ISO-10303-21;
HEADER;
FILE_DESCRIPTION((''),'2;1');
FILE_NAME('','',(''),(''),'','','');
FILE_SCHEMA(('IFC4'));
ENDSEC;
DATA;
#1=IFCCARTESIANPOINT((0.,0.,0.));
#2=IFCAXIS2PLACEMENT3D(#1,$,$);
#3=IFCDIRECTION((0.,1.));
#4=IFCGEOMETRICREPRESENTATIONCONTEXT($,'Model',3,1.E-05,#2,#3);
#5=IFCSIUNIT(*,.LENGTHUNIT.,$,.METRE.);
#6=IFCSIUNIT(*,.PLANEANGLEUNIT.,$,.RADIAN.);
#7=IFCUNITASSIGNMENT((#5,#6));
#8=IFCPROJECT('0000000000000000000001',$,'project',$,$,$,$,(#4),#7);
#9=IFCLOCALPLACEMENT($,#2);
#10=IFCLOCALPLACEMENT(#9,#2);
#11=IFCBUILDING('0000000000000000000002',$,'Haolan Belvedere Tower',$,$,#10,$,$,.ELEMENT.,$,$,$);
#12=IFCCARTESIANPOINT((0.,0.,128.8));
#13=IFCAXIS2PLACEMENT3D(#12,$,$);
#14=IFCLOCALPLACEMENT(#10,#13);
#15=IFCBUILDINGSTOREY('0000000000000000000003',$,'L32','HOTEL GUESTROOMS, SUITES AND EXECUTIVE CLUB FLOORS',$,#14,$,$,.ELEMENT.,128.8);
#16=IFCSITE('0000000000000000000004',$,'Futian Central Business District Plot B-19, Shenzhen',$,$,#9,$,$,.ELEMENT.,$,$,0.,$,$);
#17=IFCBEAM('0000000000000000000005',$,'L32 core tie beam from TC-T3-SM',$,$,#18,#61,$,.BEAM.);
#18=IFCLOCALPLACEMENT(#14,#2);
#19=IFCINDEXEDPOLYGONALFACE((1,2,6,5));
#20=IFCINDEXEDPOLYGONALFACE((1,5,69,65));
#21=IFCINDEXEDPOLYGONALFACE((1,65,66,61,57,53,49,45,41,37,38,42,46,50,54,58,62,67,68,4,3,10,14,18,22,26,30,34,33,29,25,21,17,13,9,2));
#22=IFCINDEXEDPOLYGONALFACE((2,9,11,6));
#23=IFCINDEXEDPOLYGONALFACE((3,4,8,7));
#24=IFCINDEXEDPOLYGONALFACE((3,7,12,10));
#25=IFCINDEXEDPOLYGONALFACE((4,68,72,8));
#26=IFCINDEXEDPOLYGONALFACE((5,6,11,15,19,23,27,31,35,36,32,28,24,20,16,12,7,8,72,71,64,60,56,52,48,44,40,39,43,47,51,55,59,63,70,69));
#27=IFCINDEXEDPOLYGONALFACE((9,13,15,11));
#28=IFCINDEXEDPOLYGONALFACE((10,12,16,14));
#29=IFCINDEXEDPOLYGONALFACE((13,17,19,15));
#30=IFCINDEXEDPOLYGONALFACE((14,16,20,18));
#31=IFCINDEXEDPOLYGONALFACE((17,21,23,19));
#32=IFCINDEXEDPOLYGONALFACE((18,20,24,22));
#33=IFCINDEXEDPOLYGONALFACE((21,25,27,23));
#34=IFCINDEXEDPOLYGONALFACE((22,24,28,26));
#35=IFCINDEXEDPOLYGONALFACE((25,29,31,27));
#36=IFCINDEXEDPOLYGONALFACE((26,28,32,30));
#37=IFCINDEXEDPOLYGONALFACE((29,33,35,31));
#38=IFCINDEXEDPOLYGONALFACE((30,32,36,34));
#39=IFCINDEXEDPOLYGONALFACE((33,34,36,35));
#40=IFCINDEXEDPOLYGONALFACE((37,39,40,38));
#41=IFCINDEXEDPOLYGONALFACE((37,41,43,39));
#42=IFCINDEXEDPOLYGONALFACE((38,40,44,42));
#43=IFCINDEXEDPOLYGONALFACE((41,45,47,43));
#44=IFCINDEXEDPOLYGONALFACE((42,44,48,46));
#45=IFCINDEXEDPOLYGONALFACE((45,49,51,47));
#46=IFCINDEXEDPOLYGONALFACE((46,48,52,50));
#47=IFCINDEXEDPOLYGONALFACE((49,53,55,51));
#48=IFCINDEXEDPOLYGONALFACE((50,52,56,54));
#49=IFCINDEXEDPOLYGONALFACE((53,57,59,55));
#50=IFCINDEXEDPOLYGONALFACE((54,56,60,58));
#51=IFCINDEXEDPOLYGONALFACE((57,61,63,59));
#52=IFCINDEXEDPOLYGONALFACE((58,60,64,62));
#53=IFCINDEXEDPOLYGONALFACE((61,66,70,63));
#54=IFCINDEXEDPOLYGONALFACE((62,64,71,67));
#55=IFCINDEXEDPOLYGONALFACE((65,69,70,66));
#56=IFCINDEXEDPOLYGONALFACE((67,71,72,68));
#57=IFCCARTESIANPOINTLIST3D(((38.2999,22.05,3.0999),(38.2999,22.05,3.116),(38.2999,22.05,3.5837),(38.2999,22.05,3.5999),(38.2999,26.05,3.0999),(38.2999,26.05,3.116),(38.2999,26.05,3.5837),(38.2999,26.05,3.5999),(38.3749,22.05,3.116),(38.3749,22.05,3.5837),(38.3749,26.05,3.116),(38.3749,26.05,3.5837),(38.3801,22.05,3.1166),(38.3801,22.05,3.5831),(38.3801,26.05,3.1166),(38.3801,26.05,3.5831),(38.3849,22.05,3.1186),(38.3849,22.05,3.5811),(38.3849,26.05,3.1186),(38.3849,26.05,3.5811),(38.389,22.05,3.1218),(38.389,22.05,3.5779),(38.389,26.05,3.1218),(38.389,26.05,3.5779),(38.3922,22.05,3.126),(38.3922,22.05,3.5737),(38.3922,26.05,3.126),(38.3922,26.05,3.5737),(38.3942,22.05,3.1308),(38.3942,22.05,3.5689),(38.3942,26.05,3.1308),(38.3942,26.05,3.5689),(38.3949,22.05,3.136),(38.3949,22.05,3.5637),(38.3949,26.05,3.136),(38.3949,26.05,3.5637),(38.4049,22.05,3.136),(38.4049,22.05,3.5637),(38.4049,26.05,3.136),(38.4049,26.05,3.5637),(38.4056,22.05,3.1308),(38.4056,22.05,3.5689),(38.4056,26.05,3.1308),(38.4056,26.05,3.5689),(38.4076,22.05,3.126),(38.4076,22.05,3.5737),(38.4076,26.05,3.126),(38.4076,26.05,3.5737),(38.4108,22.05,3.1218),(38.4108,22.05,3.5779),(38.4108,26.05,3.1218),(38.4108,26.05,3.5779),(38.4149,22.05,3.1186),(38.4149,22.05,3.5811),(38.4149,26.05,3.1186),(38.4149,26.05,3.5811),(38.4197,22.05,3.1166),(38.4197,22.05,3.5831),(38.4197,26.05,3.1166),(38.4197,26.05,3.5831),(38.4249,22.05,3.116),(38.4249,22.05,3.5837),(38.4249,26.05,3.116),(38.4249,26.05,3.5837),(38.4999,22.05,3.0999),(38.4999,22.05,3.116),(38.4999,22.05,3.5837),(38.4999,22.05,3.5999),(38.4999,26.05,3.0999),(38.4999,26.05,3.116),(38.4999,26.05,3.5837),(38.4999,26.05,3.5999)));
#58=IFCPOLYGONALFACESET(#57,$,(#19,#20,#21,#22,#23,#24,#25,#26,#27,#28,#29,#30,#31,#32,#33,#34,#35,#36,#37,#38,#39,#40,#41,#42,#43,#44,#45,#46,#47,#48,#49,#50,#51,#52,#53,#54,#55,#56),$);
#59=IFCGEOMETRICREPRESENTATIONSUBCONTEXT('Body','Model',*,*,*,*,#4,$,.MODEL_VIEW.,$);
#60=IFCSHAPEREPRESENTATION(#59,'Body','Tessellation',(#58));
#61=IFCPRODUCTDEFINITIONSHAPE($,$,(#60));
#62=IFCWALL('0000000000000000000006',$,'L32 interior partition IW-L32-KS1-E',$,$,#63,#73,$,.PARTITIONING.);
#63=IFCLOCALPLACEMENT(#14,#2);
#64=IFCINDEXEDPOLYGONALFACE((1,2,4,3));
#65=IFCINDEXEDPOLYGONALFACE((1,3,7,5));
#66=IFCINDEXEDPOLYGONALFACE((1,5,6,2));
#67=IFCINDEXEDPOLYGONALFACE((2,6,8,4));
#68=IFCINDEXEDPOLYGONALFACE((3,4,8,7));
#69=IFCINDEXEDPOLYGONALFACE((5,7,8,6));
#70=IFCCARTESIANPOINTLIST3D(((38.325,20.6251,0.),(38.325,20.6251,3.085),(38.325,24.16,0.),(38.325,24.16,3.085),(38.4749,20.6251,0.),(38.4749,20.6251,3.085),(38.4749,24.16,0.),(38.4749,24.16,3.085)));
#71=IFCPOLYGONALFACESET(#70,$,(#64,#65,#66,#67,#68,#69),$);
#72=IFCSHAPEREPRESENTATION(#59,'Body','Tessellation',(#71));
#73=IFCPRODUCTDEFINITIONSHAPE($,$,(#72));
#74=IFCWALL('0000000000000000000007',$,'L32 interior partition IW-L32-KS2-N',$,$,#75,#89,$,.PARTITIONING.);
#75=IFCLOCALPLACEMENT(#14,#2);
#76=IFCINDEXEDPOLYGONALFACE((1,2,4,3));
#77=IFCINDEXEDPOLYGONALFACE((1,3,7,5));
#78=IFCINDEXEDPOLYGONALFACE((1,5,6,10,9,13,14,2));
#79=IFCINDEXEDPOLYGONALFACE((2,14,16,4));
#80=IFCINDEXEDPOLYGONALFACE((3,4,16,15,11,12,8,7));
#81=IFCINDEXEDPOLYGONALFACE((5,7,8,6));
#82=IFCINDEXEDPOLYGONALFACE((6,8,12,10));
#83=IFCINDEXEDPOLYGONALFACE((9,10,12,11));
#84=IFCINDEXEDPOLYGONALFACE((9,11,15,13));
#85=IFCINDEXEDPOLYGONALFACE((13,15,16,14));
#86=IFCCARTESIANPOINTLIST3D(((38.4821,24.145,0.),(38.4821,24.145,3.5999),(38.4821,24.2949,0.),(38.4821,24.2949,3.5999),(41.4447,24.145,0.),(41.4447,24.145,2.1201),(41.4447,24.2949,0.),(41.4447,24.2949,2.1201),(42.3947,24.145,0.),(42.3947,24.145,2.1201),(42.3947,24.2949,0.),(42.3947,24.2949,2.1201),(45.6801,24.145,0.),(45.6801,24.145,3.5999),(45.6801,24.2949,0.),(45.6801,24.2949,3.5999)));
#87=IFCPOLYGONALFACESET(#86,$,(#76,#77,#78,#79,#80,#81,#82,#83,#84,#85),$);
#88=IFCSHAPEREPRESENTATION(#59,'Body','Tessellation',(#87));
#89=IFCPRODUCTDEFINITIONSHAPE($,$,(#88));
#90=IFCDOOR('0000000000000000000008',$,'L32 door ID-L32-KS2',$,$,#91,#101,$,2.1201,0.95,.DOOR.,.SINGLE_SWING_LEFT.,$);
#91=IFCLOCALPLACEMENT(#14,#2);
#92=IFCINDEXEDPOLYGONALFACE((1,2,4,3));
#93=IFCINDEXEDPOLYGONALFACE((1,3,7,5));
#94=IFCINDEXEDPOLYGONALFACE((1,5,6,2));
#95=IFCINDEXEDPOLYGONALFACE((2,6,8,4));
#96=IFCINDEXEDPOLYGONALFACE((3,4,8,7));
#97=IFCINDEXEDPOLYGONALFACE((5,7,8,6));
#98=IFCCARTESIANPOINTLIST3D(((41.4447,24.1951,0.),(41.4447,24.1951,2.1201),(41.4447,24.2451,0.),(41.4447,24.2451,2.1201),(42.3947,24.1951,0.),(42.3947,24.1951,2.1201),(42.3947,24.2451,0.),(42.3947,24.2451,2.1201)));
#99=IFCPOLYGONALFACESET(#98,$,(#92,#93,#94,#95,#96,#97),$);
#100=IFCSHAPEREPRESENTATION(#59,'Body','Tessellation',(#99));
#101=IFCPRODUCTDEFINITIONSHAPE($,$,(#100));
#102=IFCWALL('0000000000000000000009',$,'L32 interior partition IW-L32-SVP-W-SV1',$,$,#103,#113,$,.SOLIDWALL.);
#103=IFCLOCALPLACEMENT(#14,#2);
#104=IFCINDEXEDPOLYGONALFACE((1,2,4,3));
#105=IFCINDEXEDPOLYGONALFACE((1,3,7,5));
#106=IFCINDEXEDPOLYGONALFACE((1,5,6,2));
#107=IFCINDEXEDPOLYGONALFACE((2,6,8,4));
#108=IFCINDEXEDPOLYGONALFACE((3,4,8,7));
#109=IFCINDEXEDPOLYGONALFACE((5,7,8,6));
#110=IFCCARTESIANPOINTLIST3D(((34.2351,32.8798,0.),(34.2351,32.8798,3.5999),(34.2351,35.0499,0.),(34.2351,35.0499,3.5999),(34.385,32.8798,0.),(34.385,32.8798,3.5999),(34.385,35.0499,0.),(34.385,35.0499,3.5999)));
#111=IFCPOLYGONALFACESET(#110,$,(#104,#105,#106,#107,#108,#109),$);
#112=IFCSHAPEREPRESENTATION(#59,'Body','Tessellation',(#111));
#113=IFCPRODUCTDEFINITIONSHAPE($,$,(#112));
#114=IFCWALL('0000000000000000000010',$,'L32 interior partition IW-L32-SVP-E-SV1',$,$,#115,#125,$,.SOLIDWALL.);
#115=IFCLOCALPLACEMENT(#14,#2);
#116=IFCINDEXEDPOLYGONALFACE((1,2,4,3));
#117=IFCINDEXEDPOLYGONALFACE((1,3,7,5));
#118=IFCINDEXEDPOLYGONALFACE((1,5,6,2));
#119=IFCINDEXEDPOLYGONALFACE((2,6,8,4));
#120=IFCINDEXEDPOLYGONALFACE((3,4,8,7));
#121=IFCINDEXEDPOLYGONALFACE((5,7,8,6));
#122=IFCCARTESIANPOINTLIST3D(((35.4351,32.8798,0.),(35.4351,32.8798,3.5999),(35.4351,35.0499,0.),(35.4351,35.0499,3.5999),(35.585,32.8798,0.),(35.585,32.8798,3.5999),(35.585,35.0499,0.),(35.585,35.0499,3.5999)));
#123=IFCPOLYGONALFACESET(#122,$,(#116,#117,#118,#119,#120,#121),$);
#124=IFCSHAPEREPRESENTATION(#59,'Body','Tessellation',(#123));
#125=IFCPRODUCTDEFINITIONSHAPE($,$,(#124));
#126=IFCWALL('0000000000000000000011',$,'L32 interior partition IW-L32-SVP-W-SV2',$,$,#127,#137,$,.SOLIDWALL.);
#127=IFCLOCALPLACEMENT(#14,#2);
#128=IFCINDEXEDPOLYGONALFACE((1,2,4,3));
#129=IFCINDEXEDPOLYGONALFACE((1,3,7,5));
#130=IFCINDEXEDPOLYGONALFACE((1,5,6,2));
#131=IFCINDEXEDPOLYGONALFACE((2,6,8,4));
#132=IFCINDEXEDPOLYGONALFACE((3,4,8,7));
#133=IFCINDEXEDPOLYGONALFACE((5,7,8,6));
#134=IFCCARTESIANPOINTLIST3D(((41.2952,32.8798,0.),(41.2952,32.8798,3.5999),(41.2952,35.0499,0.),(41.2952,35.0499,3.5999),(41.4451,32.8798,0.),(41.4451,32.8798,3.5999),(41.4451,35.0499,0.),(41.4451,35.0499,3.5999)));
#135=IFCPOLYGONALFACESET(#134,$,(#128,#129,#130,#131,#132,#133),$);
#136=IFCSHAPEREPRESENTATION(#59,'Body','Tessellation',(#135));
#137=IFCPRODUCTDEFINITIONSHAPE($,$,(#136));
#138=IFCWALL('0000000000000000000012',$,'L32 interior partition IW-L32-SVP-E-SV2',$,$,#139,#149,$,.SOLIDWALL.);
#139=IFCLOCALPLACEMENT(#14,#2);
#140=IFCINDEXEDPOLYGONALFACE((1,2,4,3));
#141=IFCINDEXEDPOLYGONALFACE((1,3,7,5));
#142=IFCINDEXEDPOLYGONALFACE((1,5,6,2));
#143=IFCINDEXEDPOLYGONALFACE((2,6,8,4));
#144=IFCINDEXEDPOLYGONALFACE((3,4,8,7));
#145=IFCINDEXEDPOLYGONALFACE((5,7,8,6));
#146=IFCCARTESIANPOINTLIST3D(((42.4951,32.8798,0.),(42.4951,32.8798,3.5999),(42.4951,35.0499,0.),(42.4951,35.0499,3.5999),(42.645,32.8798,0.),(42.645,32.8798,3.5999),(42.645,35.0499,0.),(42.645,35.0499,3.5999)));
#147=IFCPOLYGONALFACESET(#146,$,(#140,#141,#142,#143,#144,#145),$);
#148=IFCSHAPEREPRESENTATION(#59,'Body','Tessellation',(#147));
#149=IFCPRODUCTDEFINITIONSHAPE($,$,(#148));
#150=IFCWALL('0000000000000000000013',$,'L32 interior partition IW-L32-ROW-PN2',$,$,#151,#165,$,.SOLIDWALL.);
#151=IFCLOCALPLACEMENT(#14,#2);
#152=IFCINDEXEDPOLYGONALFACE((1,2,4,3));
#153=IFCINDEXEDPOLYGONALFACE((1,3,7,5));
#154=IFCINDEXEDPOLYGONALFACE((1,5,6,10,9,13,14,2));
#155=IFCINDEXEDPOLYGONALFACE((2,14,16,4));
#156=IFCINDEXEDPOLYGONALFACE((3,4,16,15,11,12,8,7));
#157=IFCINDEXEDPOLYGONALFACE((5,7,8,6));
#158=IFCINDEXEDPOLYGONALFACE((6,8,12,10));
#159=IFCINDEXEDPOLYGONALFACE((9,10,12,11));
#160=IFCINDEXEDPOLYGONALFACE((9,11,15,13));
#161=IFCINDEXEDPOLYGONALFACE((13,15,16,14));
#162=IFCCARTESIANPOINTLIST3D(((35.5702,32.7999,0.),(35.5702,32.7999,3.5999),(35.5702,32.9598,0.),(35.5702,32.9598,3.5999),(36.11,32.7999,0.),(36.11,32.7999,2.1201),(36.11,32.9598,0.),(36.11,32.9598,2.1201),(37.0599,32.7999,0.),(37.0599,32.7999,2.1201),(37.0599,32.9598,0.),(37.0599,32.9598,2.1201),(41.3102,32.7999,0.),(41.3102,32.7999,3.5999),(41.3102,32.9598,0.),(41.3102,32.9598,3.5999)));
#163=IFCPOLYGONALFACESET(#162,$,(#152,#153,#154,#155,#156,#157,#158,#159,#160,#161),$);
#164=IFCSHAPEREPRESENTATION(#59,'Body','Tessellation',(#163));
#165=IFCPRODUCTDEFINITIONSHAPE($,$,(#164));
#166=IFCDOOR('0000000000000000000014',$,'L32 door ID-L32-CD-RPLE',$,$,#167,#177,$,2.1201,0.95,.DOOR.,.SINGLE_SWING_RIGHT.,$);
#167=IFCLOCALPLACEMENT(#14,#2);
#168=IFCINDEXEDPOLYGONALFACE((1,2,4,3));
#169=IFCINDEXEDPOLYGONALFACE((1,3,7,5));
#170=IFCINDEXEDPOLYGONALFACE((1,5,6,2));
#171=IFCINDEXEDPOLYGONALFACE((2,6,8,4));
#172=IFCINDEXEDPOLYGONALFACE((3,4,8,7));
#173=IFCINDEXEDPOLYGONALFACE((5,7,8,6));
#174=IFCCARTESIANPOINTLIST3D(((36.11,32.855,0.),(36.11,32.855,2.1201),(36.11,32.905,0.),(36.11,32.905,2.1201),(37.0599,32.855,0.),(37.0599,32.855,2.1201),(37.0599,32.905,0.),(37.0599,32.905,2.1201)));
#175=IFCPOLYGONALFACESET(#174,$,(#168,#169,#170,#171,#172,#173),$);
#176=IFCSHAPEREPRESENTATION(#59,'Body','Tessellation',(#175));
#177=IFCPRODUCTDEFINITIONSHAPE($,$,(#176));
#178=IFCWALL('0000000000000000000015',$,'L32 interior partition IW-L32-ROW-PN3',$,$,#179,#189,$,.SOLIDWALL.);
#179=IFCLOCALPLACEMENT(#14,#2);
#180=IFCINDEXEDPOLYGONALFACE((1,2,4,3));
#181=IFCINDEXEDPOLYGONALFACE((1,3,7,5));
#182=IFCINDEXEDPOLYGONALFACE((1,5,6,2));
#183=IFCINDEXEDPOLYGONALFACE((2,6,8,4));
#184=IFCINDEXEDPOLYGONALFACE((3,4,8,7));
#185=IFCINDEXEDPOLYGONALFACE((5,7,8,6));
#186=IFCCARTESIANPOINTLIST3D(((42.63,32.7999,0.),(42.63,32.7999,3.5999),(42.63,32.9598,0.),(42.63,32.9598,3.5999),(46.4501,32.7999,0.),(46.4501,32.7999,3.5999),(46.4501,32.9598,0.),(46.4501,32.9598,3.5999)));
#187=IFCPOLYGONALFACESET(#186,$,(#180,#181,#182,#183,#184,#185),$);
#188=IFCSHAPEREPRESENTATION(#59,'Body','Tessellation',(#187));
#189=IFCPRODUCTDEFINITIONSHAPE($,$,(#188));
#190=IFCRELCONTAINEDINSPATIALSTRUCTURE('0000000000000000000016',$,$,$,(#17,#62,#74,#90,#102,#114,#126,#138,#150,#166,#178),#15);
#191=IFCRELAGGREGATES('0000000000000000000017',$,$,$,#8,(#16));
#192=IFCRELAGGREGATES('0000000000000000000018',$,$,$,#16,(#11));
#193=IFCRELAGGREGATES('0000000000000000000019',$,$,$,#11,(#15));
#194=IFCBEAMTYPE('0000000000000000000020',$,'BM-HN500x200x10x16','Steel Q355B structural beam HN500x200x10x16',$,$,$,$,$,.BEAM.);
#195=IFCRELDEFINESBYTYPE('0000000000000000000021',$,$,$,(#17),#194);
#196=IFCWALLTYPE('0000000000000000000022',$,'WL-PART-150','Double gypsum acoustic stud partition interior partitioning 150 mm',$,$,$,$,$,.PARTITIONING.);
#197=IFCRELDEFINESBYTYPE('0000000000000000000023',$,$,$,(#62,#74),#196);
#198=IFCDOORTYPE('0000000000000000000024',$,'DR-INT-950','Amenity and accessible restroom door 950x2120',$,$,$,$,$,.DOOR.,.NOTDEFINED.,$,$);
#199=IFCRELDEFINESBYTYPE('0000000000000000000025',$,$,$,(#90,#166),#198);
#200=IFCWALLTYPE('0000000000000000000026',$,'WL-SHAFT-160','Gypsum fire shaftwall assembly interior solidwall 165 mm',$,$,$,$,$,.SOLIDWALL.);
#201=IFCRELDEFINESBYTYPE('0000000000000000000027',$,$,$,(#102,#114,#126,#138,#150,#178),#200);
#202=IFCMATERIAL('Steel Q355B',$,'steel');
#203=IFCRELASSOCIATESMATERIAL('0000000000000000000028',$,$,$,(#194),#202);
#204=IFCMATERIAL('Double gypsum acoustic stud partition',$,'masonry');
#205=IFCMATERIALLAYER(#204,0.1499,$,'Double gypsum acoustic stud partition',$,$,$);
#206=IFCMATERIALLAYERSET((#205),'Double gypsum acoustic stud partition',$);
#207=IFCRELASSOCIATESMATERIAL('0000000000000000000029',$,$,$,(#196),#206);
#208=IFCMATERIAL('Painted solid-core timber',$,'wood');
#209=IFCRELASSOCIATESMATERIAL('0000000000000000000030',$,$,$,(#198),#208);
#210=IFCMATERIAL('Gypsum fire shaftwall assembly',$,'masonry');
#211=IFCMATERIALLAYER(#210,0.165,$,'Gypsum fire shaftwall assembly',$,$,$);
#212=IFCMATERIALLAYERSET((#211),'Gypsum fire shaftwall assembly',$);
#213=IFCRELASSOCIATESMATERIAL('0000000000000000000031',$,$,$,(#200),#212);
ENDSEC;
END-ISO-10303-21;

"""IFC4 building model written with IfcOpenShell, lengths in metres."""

from ifc_helpers import new_model, si_unit, direction, frame, frame_2d, origin, origin_2d, place, context, subcontext, project, spatial, rectangle, i_section, extrude, material, layer, layer_set, material_profile, profile_set, type_object, element, fill, save


model = new_model("IFC4")

# Units and contexts
model_context = context("Model", 3, precision=1e-05, world=origin(), true_north=direction((0.0, 1.0)))
body_context = subcontext(model_context, "Body", "Model", "MODEL_VIEW")
ifc_project = project(units=[si_unit("LENGTHUNIT", "METRE"), si_unit("PLANEANGLEUNIT", "RADIAN")], contexts=[model_context])

# Site, building, storey
site_placement = place(None, origin())
site = spatial("IfcSite", under=ifc_project, at=site_placement, Name="Futian Central Business District Plot B-19, Shenzhen", CompositionType="ELEMENT", RefElevation=0.0)
building_placement = place(site_placement, origin())
building = spatial("IfcBuilding", under=site, at=building_placement, Name="Haolan Belvedere Tower", CompositionType="ELEMENT")
storey_placement = place(building_placement, frame((0.0, 0.0, 128.8)))
storey = spatial("IfcBuildingStorey", under=building, at=storey_placement, Name="L32", Description="HOTEL GUESTROOMS, SUITES AND EXECUTIVE CLUB FLOORS", CompositionType="ELEMENT", Elevation=128.8)

# Beam
ifc_material_1 = material(Name="Steel Q355B", Category="steel")
ifc_material_profile_1 = material_profile(ifc_material_1, i_section(OverallWidth=0.2, OverallDepth=0.5, WebThickness=0.01, FlangeThickness=0.0161, FilletRadius=0.02, at=origin_2d()), Name="Steel Q355B")
ifc_profile_set_1 = profile_set([ifc_material_profile_1], Name="Steel Q355B")
beam_type_1 = type_object("IfcBeamType", Name="BM-HN500x200x10x16", Description="Steel Q355B structural beam HN500x200x10x16", PredefinedType="BEAM", material=ifc_profile_set_1)
beam_1_placement = place(storey_placement, frame((38.3999, 22.05, 3.3499), z_axis=(0.0, 1.0, 0.0), x_axis=(-1.0, 0.0, 0.0)))
element("IfcBeam", 1, at=beam_1_placement, inside=storey, type_object=beam_type_1, Name="L32 core tie beam from TC-T3-SM", PredefinedType="BEAM", context=body_context, shape_type="SweptSolid", body=[
    extrude(i_section(OverallWidth=0.2, OverallDepth=0.5, WebThickness=0.01, FlangeThickness=0.0161, FilletRadius=0.02, at=origin_2d()), origin(), (0.0, 0.0, 1.0), 4.0),
])

# Wall
ifc_material_2 = material(Name="Double gypsum acoustic stud partition", Category="masonry")
ifc_layer_1 = layer(ifc_material_2, 0.1499, Name="Double gypsum acoustic stud partition")
ifc_layer_set_1 = layer_set([ifc_layer_1], Name="Double gypsum acoustic stud partition")
wall_type_1 = type_object("IfcWallType", Name="WL-PART-150", Description="Double gypsum acoustic stud partition interior partitioning 150 mm", PredefinedType="PARTITIONING", material=ifc_layer_set_1)
wall_1_placement = place(storey_placement, frame((38.3999, 20.625, 0.0), z_axis=(0.0, 0.0, 1.0), x_axis=(0.0, 1.0, 0.0)))
element("IfcWall", 2, at=wall_1_placement, inside=storey, type_object=wall_type_1, Name="L32 interior partition IW-L32-KS1-E", PredefinedType="PARTITIONING", context=body_context, shape_type="SweptSolid", body=[
    extrude(rectangle(XDim=3.5349, YDim=0.1499, at=frame_2d((1.7676, 0.0))), origin(), (0.0, 0.0, 1.0), 3.085),
])

# Wall, opening, door
wall_2_placement = place(storey_placement, frame((38.4819, 24.22, 0.0), z_axis=(0.0, 0.0, 1.0), x_axis=(1.0, 0.0, 0.0)))
wall_2 = element("IfcWall", 3, at=wall_2_placement, inside=storey, type_object=wall_type_1, Name="L32 interior partition IW-L32-KS2-N", PredefinedType="PARTITIONING", context=body_context, shape_type="SweptSolid", body=[
    extrude(rectangle(XDim=7.198, YDim=0.1499, at=frame_2d((3.5991, 0.0))), origin(), (0.0, 0.0, 1.0), 3.5999),
])
opening_1_placement = place(wall_2_placement, frame((3.9128, 0.0, 0.0), z_axis=(0.0, 0.0, 1.0), x_axis=(-1.0, 0.0, 0.0)))
opening_1 = element("IfcOpeningElement", 4, at=opening_1_placement, cuts=wall_2, PredefinedType="OPENING", context=body_context, shape_type="SweptSolid", body=[
    extrude(rectangle(XDim=0.95, YDim=2.1201, at=frame_2d((0.4751, 1.0601))), frame((0.0, 0.085, 0.0), z_axis=(0.0, -1.0, 0.0), x_axis=(1.0, 0.0, 0.0)), (0.0, 0.0, 1.0), 0.1699),
])
ifc_material_3 = material(Name="Painted solid-core timber", Category="wood")
door_type = type_object("IfcDoorType", Name="DR-INT-950", Description="Amenity and accessible restroom door 950x2120", OperationType="NOTDEFINED", PredefinedType="DOOR", material=ifc_material_3)
door_1_placement = place(opening_1_placement, origin())
door_1 = element("IfcDoor", 5, at=door_1_placement, inside=storey, type_object=door_type, Name="L32 door ID-L32-KS2", OperationType="SINGLE_SWING_LEFT", OverallHeight=2.1201, OverallWidth=0.95, PredefinedType="DOOR", context=body_context, shape_type="SweptSolid", body=[
    extrude(rectangle(XDim=0.95, YDim=2.1201, at=frame_2d((0.4751, 1.0601))), frame((0.0, 0.0249, 0.0), z_axis=(0.0, -1.0, 0.0), x_axis=(1.0, 0.0, 0.0)), (0.0, 0.0, 1.0), 0.05),
])
fill(opening_1, door_1)

# Walls
ifc_material_4 = material(Name="Gypsum fire shaftwall assembly", Category="masonry")
ifc_layer_2 = layer(ifc_material_4, 0.165, Name="Gypsum fire shaftwall assembly")
ifc_layer_set_2 = layer_set([ifc_layer_2], Name="Gypsum fire shaftwall assembly")
wall_type_2 = type_object("IfcWallType", Name="WL-SHAFT-160", Description="Gypsum fire shaftwall assembly interior solidwall 165 mm", PredefinedType="SOLIDWALL", material=ifc_layer_set_2)
for number, where, z_axis, x_axis, name in (
    (6, (34.3101, 32.8799, 0.0), (0.0, 0.0, 1.0), (0.0, 1.0, 0.0), "L32 interior partition IW-L32-SVP-W-SV1"),
    (7, (35.51, 32.8799, 0.0), (0.0, 0.0, 1.0), (0.0, 1.0, 0.0), "L32 interior partition IW-L32-SVP-E-SV1"),
    (8, (41.3701, 32.8799, 0.0), (0.0, 0.0, 1.0), (0.0, 1.0, 0.0), "L32 interior partition IW-L32-SVP-W-SV2"),
    (9, (42.5701, 32.8799, 0.0), (0.0, 0.0, 1.0), (0.0, 1.0, 0.0), "L32 interior partition IW-L32-SVP-E-SV2"),
):
    element("IfcWall", number, at=place(storey_placement, frame(where, z_axis=z_axis, x_axis=x_axis)), inside=storey, type_object=wall_type_2, Name=name, PredefinedType="SOLIDWALL", context=body_context, shape_type="SweptSolid", body=[
        extrude(rectangle(XDim=2.1702, YDim=0.1499, at=frame_2d((1.085, 0.0))), origin(), (0.0, 0.0, 1.0), 3.5999),
    ])

# Wall, opening, door
wall_3_placement = place(storey_placement, frame((35.5701, 32.8799, 0.0), z_axis=(0.0, 0.0, 1.0), x_axis=(1.0, 0.0, 0.0)))
wall_3 = element("IfcWall", 10, at=wall_3_placement, inside=storey, type_object=wall_type_2, Name="L32 interior partition IW-L32-ROW-PN2", PredefinedType="SOLIDWALL", context=body_context, shape_type="SweptSolid", body=[
    extrude(rectangle(XDim=5.74, YDim=0.1599, at=frame_2d((2.8701, 0.0))), origin(), (0.0, 0.0, 1.0), 3.5999),
])
opening_2_placement = place(wall_3_placement, frame((1.49, 0.0, 0.0), z_axis=(0.0, 0.0, 1.0), x_axis=(-1.0, 0.0, 0.0)))
opening_2 = element("IfcOpeningElement", 11, at=opening_2_placement, cuts=wall_3, PredefinedType="OPENING", context=body_context, shape_type="SweptSolid", body=[
    extrude(rectangle(XDim=0.95, YDim=2.1201, at=frame_2d((0.4751, 1.0601))), frame((0.0, 0.0898, 0.0), z_axis=(0.0, -1.0, 0.0), x_axis=(1.0, 0.0, 0.0)), (0.0, 0.0, 1.0), 0.1799),
])
door_2_placement = place(opening_2_placement, origin())
door_2 = element("IfcDoor", 12, at=door_2_placement, inside=storey, type_object=door_type, Name="L32 door ID-L32-CD-RPLE", OperationType="SINGLE_SWING_RIGHT", OverallHeight=2.1201, OverallWidth=0.95, PredefinedType="DOOR", context=body_context, shape_type="SweptSolid", body=[
    extrude(rectangle(XDim=0.95, YDim=2.1201, at=frame_2d((0.4751, 1.0601))), frame((0.0, 0.0249, 0.0), z_axis=(0.0, -1.0, 0.0), x_axis=(1.0, 0.0, 0.0)), (0.0, 0.0, 1.0), 0.05),
])
fill(opening_2, door_2)

# Wall
wall_4_placement = place(storey_placement, frame((42.6299, 32.8799, 0.0), z_axis=(0.0, 0.0, 1.0), x_axis=(1.0, 0.0, 0.0)))
element("IfcWall", 13, at=wall_4_placement, inside=storey, type_object=wall_type_2, Name="L32 interior partition IW-L32-ROW-PN3", PredefinedType="SOLIDWALL", context=body_context, shape_type="SweptSolid", body=[
    extrude(rectangle(XDim=3.8201, YDim=0.1599, at=frame_2d((1.9102, 0.0))), origin(), (0.0, 0.0, 1.0), 3.5999),
])

save(model, "model.ifc")
